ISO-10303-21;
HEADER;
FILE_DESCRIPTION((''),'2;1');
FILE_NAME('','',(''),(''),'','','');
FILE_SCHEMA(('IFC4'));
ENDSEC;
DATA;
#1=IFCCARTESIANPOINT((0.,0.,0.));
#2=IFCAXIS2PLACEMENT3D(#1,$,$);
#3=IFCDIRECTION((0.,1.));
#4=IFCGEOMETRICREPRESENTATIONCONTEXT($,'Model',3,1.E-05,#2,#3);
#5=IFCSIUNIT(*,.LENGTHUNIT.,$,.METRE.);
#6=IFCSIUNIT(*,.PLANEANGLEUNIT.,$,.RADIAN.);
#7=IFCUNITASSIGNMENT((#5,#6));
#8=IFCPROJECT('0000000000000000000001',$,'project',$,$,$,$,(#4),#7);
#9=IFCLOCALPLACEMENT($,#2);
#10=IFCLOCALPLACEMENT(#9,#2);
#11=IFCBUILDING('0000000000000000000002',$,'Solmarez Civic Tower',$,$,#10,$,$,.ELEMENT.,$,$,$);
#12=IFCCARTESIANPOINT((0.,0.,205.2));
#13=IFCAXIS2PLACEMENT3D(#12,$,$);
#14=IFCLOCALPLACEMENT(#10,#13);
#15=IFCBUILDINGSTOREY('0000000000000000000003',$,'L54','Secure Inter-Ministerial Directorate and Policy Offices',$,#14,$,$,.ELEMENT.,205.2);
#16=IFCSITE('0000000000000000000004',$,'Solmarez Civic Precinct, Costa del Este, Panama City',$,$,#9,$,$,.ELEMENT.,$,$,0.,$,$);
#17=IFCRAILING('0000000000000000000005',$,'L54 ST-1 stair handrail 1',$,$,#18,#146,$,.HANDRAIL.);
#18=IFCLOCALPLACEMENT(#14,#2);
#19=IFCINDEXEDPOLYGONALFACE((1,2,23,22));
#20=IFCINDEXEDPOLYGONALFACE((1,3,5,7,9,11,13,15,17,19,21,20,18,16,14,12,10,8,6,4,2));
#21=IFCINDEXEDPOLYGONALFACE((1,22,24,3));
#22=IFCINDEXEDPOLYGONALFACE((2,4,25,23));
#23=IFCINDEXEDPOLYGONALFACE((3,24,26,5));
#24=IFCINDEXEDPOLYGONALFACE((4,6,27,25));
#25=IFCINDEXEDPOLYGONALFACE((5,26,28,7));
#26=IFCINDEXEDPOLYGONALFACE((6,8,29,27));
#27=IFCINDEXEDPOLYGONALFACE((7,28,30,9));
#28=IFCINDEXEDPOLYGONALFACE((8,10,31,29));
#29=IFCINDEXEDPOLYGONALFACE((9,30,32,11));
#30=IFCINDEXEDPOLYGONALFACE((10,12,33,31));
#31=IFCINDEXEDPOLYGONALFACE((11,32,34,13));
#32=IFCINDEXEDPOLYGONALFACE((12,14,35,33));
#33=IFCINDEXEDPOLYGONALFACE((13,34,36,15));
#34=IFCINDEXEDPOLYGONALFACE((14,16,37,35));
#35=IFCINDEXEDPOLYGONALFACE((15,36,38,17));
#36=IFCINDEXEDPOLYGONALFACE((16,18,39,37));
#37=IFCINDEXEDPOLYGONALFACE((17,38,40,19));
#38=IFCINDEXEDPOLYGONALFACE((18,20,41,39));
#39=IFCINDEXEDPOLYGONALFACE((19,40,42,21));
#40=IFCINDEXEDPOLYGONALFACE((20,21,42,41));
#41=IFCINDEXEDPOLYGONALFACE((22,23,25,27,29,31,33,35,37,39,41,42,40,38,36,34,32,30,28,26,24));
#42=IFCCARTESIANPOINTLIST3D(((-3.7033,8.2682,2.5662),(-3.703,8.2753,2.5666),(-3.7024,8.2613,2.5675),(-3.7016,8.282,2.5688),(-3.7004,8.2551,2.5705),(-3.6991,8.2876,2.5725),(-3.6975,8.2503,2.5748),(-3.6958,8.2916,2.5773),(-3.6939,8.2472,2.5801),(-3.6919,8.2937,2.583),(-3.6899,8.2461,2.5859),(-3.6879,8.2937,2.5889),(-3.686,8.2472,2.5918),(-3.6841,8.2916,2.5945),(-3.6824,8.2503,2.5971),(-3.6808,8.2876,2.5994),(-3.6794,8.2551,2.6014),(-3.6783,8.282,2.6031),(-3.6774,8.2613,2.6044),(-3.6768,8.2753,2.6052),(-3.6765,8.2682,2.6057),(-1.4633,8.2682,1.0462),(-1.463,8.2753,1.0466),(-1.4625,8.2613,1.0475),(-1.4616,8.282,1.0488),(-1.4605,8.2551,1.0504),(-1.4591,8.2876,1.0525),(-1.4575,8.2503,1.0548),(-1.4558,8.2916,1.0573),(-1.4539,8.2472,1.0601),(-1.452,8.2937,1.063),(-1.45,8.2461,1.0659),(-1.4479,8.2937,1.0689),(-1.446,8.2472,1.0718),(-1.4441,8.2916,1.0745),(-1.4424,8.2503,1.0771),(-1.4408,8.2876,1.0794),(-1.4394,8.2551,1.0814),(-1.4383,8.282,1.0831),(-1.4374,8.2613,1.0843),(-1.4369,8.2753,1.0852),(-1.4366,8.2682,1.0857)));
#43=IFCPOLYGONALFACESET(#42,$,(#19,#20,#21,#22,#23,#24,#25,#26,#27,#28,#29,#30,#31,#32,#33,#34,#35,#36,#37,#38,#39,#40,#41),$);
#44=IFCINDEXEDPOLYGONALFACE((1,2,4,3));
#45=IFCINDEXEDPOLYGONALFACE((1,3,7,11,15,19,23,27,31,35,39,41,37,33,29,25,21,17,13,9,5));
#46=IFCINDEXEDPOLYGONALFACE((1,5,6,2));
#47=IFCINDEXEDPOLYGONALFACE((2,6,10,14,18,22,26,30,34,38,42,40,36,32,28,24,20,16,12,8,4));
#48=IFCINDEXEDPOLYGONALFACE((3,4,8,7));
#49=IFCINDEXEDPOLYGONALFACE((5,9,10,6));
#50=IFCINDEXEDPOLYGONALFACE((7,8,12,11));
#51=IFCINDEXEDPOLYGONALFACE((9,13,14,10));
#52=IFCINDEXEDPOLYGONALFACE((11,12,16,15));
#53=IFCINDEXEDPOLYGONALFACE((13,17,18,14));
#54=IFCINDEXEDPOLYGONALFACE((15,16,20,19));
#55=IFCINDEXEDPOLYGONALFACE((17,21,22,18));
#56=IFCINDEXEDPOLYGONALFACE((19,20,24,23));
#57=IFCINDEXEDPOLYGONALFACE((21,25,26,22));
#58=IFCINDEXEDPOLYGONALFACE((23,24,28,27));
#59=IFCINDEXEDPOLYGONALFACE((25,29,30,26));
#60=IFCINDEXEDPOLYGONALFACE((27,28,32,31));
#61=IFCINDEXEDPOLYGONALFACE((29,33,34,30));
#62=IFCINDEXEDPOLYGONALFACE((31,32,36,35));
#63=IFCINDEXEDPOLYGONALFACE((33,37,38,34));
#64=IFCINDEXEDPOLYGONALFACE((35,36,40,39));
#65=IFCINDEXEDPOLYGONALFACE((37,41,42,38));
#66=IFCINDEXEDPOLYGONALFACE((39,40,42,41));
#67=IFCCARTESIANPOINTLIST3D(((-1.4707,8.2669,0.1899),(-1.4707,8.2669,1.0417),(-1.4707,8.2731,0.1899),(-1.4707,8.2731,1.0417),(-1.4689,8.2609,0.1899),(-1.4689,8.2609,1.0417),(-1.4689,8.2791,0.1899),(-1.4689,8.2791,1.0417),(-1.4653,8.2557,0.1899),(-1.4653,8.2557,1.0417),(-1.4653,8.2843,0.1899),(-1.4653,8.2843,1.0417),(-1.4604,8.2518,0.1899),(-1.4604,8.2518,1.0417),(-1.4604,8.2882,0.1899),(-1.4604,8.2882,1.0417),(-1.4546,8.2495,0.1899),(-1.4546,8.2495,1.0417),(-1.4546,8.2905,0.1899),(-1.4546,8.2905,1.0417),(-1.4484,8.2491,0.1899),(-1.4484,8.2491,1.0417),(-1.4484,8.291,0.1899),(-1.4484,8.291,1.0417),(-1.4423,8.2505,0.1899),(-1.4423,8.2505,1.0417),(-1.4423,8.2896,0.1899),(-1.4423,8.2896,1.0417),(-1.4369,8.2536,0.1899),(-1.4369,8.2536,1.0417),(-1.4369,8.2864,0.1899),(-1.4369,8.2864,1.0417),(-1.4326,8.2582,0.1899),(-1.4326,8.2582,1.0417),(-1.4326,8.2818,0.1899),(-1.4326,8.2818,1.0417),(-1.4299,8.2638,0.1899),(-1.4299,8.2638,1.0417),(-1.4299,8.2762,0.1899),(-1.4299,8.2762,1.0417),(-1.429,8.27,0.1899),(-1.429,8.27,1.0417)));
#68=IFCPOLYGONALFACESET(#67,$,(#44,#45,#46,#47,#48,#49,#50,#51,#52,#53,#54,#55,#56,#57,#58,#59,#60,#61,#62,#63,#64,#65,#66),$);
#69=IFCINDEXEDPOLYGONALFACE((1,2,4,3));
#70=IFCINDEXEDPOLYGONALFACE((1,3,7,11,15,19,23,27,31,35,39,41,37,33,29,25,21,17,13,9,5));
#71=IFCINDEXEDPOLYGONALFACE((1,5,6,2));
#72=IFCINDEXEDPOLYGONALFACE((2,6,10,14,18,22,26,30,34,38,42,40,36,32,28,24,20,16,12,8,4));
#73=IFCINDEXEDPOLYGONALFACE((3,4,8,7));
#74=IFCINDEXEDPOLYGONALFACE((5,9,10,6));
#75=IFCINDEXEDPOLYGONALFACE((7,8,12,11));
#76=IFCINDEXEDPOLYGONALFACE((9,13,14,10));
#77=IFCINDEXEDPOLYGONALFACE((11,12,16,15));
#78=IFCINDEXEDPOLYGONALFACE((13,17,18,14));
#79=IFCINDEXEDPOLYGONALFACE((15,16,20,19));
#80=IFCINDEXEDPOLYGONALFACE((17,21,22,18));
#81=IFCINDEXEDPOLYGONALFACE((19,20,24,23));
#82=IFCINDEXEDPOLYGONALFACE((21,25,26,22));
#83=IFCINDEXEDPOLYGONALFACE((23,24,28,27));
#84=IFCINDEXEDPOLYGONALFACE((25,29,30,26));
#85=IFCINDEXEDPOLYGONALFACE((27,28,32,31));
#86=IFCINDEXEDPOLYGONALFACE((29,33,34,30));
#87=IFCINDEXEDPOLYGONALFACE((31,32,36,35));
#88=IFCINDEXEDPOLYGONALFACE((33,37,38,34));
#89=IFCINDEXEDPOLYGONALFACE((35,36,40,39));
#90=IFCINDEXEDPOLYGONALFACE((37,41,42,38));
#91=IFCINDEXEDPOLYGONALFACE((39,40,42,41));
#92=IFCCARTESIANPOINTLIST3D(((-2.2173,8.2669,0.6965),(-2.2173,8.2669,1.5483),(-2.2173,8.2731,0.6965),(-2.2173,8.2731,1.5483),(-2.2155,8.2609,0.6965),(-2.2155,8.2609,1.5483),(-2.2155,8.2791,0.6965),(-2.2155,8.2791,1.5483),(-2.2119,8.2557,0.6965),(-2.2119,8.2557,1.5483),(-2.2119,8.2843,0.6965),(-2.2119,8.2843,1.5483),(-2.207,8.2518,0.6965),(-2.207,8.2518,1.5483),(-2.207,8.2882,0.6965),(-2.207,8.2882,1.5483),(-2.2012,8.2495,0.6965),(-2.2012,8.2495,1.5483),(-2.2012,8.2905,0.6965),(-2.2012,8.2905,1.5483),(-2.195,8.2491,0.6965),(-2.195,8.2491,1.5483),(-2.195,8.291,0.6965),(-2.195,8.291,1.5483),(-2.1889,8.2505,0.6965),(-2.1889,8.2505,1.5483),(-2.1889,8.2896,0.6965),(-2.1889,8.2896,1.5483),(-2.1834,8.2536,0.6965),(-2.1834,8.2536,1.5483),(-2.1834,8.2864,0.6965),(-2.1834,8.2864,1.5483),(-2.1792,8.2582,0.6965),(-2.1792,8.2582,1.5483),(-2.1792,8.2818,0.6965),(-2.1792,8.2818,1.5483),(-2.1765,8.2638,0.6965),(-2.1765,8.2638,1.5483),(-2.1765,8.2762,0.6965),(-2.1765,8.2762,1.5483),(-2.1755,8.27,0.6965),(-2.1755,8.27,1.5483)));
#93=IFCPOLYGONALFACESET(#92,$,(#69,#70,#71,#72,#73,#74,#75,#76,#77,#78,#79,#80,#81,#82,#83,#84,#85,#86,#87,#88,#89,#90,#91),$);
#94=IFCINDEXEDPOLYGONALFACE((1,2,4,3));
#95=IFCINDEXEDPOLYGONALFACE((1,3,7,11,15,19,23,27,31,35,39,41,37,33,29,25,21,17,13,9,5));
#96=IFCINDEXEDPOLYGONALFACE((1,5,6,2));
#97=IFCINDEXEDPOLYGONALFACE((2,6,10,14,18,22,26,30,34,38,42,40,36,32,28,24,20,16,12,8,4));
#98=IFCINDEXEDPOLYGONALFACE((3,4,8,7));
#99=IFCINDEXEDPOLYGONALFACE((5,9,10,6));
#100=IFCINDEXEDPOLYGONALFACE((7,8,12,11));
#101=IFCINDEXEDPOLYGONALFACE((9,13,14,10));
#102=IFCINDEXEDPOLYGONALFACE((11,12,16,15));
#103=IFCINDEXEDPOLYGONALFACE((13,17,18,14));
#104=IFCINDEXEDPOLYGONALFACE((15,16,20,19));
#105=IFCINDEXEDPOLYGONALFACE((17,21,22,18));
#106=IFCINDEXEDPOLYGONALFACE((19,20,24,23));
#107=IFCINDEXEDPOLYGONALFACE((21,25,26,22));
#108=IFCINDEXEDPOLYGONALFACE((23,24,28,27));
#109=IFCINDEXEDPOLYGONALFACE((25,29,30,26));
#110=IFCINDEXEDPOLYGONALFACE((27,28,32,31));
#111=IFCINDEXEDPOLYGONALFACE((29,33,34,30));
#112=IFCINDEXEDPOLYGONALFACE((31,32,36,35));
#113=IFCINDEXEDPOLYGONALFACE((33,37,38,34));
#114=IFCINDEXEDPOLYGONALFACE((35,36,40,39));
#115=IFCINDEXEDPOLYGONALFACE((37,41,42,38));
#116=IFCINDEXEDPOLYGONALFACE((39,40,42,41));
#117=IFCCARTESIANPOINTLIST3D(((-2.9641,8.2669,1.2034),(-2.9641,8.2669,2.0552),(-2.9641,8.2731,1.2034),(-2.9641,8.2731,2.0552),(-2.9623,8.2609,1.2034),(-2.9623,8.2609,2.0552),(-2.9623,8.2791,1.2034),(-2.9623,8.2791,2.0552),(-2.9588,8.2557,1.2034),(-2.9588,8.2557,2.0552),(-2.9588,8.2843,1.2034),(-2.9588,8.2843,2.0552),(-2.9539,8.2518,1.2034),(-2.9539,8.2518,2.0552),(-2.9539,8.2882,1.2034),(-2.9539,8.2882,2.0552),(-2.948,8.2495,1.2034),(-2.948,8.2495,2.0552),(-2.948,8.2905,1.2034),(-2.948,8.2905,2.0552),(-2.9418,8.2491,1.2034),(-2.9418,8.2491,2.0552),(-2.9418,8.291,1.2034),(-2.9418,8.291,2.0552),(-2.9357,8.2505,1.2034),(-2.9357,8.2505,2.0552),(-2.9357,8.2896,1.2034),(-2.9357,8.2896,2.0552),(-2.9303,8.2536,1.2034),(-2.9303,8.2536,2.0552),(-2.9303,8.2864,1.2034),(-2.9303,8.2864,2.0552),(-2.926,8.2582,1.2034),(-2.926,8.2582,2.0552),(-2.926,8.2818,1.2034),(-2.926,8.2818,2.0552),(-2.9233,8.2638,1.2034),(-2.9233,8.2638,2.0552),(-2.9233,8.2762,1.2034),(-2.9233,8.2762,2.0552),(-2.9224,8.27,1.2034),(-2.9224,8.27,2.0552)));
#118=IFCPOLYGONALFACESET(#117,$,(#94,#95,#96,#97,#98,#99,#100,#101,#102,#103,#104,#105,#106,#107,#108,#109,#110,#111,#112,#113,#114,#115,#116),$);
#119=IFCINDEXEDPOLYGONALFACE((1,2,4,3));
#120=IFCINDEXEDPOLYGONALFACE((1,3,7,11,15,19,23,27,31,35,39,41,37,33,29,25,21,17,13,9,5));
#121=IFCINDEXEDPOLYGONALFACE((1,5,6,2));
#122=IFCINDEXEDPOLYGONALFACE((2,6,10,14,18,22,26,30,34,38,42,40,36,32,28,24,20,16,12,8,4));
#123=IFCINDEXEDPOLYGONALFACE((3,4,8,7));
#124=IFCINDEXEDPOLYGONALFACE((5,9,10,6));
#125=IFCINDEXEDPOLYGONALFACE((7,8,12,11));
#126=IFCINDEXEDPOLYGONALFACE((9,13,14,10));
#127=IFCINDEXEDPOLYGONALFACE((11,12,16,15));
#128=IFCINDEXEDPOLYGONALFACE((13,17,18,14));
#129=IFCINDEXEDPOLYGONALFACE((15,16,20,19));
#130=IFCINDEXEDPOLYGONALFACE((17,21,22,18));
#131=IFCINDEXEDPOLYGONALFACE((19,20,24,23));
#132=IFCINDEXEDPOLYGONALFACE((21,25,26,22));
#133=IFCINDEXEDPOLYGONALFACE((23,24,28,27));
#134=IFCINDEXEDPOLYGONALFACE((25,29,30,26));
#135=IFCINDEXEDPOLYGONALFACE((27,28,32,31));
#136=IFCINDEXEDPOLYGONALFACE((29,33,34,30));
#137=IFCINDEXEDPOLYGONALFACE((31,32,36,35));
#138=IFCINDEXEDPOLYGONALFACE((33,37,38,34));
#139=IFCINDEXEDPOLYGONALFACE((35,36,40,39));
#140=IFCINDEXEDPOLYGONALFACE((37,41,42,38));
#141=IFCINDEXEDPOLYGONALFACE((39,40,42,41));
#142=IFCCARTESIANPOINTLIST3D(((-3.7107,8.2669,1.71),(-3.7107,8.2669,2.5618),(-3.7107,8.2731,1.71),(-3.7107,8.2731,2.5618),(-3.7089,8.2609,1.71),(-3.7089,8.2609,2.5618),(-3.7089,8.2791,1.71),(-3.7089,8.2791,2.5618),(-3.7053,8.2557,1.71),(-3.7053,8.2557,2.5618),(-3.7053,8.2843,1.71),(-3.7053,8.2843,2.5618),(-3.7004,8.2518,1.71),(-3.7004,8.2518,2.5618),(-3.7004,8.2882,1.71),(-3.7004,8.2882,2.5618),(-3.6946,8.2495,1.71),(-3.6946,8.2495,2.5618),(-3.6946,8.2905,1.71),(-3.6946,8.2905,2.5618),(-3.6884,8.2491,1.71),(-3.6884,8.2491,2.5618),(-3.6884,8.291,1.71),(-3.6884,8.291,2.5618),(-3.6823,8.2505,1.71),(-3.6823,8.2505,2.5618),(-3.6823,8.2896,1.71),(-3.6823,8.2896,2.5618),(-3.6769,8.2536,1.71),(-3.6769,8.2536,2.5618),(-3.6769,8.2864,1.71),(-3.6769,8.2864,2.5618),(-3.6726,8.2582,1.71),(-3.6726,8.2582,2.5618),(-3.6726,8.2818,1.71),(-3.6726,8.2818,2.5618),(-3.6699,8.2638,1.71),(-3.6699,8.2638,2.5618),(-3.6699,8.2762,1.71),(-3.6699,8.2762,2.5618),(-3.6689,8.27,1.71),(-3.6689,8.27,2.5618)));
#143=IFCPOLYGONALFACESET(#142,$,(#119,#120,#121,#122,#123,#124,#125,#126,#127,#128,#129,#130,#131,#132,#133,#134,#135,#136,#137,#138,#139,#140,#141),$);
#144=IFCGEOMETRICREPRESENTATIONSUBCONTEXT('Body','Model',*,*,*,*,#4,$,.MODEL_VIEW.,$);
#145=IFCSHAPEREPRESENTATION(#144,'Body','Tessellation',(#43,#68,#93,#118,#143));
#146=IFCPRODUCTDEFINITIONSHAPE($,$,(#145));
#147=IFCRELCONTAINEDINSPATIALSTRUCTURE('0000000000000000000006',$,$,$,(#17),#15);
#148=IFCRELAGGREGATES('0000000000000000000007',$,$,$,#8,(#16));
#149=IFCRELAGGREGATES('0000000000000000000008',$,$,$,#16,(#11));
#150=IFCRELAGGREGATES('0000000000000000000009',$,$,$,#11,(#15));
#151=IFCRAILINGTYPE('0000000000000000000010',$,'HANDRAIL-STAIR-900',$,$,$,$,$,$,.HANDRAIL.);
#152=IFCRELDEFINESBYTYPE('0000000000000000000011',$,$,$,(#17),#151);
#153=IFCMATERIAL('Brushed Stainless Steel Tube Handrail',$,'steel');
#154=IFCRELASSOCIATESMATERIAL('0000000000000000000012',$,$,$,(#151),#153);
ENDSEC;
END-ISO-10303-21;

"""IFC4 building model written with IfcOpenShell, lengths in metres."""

from ifc_helpers import new_model, si_unit, direction, frame, origin, origin_2d, place, context, subcontext, project, spatial, circle, extrude, material, type_object, element, save


model = new_model("IFC4")

# Units and contexts
model_context = context("Model", 3, precision=1e-05, world=origin(), true_north=direction((0.0, 1.0)))
body_context = subcontext(model_context, "Body", "Model", "MODEL_VIEW")
ifc_project = project(units=[si_unit("LENGTHUNIT", "METRE"), si_unit("PLANEANGLEUNIT", "RADIAN")], contexts=[model_context])

# Site, building, storey
site_placement = place(None, origin())
site = spatial("IfcSite", under=ifc_project, at=site_placement, Name="Solmarez Civic Precinct, Costa del Este, Panama City", CompositionType="ELEMENT", RefElevation=0.0)
building_placement = place(site_placement, origin())
building = spatial("IfcBuilding", under=site, at=building_placement, Name="Solmarez Civic Tower", CompositionType="ELEMENT")
storey_placement = place(building_placement, frame((0.0, 0.0, 205.2)))
storey = spatial("IfcBuildingStorey", under=building, at=storey_placement, Name="L54", Description="Secure Inter-Ministerial Directorate and Policy Offices", CompositionType="ELEMENT", Elevation=205.2)

# Railing
ifc_material_1 = material(Name="Brushed Stainless Steel Tube Handrail", Category="steel")
railing_type_1 = type_object("IfcRailingType", Name="HANDRAIL-STAIR-900", PredefinedType="HANDRAIL", material=ifc_material_1)
railing_1_placement = place(storey_placement, frame((-1.45, 8.27, 0.1899)))
element("IfcRailing", 1, at=railing_1_placement, inside=storey, type_object=railing_type_1, Name="L54 ST-1 stair handrail 1", PredefinedType="HANDRAIL", context=body_context, shape_type="SweptSolid", body=[
    extrude(circle(Radius=0.0239, at=origin_2d()), frame((0.0, 0.0, 0.876), z_axis=(-0.827471, 0.0, 0.561508), x_axis=(0.0, -1.0, 0.0)), (0.0, 0.0, 1.0), 2.707),
    extrude(circle(Radius=0.021, at=origin_2d()), origin(), (0.0, 0.0, 1.0), 0.8518),
    extrude(circle(Radius=0.021, at=origin_2d()), frame((-0.7466, 0.0, 0.5066)), (0.0, 0.0, 1.0), 0.8518),
    extrude(circle(Radius=0.021, at=origin_2d()), frame((-1.4934, 0.0, 1.0134)), (0.0, 0.0, 1.0), 0.8518),
    extrude(circle(Radius=0.021, at=origin_2d()), frame((-2.24, 0.0, 1.52)), (0.0, 0.0, 1.0), 0.8518),
])

save(model, "model.ifc")
